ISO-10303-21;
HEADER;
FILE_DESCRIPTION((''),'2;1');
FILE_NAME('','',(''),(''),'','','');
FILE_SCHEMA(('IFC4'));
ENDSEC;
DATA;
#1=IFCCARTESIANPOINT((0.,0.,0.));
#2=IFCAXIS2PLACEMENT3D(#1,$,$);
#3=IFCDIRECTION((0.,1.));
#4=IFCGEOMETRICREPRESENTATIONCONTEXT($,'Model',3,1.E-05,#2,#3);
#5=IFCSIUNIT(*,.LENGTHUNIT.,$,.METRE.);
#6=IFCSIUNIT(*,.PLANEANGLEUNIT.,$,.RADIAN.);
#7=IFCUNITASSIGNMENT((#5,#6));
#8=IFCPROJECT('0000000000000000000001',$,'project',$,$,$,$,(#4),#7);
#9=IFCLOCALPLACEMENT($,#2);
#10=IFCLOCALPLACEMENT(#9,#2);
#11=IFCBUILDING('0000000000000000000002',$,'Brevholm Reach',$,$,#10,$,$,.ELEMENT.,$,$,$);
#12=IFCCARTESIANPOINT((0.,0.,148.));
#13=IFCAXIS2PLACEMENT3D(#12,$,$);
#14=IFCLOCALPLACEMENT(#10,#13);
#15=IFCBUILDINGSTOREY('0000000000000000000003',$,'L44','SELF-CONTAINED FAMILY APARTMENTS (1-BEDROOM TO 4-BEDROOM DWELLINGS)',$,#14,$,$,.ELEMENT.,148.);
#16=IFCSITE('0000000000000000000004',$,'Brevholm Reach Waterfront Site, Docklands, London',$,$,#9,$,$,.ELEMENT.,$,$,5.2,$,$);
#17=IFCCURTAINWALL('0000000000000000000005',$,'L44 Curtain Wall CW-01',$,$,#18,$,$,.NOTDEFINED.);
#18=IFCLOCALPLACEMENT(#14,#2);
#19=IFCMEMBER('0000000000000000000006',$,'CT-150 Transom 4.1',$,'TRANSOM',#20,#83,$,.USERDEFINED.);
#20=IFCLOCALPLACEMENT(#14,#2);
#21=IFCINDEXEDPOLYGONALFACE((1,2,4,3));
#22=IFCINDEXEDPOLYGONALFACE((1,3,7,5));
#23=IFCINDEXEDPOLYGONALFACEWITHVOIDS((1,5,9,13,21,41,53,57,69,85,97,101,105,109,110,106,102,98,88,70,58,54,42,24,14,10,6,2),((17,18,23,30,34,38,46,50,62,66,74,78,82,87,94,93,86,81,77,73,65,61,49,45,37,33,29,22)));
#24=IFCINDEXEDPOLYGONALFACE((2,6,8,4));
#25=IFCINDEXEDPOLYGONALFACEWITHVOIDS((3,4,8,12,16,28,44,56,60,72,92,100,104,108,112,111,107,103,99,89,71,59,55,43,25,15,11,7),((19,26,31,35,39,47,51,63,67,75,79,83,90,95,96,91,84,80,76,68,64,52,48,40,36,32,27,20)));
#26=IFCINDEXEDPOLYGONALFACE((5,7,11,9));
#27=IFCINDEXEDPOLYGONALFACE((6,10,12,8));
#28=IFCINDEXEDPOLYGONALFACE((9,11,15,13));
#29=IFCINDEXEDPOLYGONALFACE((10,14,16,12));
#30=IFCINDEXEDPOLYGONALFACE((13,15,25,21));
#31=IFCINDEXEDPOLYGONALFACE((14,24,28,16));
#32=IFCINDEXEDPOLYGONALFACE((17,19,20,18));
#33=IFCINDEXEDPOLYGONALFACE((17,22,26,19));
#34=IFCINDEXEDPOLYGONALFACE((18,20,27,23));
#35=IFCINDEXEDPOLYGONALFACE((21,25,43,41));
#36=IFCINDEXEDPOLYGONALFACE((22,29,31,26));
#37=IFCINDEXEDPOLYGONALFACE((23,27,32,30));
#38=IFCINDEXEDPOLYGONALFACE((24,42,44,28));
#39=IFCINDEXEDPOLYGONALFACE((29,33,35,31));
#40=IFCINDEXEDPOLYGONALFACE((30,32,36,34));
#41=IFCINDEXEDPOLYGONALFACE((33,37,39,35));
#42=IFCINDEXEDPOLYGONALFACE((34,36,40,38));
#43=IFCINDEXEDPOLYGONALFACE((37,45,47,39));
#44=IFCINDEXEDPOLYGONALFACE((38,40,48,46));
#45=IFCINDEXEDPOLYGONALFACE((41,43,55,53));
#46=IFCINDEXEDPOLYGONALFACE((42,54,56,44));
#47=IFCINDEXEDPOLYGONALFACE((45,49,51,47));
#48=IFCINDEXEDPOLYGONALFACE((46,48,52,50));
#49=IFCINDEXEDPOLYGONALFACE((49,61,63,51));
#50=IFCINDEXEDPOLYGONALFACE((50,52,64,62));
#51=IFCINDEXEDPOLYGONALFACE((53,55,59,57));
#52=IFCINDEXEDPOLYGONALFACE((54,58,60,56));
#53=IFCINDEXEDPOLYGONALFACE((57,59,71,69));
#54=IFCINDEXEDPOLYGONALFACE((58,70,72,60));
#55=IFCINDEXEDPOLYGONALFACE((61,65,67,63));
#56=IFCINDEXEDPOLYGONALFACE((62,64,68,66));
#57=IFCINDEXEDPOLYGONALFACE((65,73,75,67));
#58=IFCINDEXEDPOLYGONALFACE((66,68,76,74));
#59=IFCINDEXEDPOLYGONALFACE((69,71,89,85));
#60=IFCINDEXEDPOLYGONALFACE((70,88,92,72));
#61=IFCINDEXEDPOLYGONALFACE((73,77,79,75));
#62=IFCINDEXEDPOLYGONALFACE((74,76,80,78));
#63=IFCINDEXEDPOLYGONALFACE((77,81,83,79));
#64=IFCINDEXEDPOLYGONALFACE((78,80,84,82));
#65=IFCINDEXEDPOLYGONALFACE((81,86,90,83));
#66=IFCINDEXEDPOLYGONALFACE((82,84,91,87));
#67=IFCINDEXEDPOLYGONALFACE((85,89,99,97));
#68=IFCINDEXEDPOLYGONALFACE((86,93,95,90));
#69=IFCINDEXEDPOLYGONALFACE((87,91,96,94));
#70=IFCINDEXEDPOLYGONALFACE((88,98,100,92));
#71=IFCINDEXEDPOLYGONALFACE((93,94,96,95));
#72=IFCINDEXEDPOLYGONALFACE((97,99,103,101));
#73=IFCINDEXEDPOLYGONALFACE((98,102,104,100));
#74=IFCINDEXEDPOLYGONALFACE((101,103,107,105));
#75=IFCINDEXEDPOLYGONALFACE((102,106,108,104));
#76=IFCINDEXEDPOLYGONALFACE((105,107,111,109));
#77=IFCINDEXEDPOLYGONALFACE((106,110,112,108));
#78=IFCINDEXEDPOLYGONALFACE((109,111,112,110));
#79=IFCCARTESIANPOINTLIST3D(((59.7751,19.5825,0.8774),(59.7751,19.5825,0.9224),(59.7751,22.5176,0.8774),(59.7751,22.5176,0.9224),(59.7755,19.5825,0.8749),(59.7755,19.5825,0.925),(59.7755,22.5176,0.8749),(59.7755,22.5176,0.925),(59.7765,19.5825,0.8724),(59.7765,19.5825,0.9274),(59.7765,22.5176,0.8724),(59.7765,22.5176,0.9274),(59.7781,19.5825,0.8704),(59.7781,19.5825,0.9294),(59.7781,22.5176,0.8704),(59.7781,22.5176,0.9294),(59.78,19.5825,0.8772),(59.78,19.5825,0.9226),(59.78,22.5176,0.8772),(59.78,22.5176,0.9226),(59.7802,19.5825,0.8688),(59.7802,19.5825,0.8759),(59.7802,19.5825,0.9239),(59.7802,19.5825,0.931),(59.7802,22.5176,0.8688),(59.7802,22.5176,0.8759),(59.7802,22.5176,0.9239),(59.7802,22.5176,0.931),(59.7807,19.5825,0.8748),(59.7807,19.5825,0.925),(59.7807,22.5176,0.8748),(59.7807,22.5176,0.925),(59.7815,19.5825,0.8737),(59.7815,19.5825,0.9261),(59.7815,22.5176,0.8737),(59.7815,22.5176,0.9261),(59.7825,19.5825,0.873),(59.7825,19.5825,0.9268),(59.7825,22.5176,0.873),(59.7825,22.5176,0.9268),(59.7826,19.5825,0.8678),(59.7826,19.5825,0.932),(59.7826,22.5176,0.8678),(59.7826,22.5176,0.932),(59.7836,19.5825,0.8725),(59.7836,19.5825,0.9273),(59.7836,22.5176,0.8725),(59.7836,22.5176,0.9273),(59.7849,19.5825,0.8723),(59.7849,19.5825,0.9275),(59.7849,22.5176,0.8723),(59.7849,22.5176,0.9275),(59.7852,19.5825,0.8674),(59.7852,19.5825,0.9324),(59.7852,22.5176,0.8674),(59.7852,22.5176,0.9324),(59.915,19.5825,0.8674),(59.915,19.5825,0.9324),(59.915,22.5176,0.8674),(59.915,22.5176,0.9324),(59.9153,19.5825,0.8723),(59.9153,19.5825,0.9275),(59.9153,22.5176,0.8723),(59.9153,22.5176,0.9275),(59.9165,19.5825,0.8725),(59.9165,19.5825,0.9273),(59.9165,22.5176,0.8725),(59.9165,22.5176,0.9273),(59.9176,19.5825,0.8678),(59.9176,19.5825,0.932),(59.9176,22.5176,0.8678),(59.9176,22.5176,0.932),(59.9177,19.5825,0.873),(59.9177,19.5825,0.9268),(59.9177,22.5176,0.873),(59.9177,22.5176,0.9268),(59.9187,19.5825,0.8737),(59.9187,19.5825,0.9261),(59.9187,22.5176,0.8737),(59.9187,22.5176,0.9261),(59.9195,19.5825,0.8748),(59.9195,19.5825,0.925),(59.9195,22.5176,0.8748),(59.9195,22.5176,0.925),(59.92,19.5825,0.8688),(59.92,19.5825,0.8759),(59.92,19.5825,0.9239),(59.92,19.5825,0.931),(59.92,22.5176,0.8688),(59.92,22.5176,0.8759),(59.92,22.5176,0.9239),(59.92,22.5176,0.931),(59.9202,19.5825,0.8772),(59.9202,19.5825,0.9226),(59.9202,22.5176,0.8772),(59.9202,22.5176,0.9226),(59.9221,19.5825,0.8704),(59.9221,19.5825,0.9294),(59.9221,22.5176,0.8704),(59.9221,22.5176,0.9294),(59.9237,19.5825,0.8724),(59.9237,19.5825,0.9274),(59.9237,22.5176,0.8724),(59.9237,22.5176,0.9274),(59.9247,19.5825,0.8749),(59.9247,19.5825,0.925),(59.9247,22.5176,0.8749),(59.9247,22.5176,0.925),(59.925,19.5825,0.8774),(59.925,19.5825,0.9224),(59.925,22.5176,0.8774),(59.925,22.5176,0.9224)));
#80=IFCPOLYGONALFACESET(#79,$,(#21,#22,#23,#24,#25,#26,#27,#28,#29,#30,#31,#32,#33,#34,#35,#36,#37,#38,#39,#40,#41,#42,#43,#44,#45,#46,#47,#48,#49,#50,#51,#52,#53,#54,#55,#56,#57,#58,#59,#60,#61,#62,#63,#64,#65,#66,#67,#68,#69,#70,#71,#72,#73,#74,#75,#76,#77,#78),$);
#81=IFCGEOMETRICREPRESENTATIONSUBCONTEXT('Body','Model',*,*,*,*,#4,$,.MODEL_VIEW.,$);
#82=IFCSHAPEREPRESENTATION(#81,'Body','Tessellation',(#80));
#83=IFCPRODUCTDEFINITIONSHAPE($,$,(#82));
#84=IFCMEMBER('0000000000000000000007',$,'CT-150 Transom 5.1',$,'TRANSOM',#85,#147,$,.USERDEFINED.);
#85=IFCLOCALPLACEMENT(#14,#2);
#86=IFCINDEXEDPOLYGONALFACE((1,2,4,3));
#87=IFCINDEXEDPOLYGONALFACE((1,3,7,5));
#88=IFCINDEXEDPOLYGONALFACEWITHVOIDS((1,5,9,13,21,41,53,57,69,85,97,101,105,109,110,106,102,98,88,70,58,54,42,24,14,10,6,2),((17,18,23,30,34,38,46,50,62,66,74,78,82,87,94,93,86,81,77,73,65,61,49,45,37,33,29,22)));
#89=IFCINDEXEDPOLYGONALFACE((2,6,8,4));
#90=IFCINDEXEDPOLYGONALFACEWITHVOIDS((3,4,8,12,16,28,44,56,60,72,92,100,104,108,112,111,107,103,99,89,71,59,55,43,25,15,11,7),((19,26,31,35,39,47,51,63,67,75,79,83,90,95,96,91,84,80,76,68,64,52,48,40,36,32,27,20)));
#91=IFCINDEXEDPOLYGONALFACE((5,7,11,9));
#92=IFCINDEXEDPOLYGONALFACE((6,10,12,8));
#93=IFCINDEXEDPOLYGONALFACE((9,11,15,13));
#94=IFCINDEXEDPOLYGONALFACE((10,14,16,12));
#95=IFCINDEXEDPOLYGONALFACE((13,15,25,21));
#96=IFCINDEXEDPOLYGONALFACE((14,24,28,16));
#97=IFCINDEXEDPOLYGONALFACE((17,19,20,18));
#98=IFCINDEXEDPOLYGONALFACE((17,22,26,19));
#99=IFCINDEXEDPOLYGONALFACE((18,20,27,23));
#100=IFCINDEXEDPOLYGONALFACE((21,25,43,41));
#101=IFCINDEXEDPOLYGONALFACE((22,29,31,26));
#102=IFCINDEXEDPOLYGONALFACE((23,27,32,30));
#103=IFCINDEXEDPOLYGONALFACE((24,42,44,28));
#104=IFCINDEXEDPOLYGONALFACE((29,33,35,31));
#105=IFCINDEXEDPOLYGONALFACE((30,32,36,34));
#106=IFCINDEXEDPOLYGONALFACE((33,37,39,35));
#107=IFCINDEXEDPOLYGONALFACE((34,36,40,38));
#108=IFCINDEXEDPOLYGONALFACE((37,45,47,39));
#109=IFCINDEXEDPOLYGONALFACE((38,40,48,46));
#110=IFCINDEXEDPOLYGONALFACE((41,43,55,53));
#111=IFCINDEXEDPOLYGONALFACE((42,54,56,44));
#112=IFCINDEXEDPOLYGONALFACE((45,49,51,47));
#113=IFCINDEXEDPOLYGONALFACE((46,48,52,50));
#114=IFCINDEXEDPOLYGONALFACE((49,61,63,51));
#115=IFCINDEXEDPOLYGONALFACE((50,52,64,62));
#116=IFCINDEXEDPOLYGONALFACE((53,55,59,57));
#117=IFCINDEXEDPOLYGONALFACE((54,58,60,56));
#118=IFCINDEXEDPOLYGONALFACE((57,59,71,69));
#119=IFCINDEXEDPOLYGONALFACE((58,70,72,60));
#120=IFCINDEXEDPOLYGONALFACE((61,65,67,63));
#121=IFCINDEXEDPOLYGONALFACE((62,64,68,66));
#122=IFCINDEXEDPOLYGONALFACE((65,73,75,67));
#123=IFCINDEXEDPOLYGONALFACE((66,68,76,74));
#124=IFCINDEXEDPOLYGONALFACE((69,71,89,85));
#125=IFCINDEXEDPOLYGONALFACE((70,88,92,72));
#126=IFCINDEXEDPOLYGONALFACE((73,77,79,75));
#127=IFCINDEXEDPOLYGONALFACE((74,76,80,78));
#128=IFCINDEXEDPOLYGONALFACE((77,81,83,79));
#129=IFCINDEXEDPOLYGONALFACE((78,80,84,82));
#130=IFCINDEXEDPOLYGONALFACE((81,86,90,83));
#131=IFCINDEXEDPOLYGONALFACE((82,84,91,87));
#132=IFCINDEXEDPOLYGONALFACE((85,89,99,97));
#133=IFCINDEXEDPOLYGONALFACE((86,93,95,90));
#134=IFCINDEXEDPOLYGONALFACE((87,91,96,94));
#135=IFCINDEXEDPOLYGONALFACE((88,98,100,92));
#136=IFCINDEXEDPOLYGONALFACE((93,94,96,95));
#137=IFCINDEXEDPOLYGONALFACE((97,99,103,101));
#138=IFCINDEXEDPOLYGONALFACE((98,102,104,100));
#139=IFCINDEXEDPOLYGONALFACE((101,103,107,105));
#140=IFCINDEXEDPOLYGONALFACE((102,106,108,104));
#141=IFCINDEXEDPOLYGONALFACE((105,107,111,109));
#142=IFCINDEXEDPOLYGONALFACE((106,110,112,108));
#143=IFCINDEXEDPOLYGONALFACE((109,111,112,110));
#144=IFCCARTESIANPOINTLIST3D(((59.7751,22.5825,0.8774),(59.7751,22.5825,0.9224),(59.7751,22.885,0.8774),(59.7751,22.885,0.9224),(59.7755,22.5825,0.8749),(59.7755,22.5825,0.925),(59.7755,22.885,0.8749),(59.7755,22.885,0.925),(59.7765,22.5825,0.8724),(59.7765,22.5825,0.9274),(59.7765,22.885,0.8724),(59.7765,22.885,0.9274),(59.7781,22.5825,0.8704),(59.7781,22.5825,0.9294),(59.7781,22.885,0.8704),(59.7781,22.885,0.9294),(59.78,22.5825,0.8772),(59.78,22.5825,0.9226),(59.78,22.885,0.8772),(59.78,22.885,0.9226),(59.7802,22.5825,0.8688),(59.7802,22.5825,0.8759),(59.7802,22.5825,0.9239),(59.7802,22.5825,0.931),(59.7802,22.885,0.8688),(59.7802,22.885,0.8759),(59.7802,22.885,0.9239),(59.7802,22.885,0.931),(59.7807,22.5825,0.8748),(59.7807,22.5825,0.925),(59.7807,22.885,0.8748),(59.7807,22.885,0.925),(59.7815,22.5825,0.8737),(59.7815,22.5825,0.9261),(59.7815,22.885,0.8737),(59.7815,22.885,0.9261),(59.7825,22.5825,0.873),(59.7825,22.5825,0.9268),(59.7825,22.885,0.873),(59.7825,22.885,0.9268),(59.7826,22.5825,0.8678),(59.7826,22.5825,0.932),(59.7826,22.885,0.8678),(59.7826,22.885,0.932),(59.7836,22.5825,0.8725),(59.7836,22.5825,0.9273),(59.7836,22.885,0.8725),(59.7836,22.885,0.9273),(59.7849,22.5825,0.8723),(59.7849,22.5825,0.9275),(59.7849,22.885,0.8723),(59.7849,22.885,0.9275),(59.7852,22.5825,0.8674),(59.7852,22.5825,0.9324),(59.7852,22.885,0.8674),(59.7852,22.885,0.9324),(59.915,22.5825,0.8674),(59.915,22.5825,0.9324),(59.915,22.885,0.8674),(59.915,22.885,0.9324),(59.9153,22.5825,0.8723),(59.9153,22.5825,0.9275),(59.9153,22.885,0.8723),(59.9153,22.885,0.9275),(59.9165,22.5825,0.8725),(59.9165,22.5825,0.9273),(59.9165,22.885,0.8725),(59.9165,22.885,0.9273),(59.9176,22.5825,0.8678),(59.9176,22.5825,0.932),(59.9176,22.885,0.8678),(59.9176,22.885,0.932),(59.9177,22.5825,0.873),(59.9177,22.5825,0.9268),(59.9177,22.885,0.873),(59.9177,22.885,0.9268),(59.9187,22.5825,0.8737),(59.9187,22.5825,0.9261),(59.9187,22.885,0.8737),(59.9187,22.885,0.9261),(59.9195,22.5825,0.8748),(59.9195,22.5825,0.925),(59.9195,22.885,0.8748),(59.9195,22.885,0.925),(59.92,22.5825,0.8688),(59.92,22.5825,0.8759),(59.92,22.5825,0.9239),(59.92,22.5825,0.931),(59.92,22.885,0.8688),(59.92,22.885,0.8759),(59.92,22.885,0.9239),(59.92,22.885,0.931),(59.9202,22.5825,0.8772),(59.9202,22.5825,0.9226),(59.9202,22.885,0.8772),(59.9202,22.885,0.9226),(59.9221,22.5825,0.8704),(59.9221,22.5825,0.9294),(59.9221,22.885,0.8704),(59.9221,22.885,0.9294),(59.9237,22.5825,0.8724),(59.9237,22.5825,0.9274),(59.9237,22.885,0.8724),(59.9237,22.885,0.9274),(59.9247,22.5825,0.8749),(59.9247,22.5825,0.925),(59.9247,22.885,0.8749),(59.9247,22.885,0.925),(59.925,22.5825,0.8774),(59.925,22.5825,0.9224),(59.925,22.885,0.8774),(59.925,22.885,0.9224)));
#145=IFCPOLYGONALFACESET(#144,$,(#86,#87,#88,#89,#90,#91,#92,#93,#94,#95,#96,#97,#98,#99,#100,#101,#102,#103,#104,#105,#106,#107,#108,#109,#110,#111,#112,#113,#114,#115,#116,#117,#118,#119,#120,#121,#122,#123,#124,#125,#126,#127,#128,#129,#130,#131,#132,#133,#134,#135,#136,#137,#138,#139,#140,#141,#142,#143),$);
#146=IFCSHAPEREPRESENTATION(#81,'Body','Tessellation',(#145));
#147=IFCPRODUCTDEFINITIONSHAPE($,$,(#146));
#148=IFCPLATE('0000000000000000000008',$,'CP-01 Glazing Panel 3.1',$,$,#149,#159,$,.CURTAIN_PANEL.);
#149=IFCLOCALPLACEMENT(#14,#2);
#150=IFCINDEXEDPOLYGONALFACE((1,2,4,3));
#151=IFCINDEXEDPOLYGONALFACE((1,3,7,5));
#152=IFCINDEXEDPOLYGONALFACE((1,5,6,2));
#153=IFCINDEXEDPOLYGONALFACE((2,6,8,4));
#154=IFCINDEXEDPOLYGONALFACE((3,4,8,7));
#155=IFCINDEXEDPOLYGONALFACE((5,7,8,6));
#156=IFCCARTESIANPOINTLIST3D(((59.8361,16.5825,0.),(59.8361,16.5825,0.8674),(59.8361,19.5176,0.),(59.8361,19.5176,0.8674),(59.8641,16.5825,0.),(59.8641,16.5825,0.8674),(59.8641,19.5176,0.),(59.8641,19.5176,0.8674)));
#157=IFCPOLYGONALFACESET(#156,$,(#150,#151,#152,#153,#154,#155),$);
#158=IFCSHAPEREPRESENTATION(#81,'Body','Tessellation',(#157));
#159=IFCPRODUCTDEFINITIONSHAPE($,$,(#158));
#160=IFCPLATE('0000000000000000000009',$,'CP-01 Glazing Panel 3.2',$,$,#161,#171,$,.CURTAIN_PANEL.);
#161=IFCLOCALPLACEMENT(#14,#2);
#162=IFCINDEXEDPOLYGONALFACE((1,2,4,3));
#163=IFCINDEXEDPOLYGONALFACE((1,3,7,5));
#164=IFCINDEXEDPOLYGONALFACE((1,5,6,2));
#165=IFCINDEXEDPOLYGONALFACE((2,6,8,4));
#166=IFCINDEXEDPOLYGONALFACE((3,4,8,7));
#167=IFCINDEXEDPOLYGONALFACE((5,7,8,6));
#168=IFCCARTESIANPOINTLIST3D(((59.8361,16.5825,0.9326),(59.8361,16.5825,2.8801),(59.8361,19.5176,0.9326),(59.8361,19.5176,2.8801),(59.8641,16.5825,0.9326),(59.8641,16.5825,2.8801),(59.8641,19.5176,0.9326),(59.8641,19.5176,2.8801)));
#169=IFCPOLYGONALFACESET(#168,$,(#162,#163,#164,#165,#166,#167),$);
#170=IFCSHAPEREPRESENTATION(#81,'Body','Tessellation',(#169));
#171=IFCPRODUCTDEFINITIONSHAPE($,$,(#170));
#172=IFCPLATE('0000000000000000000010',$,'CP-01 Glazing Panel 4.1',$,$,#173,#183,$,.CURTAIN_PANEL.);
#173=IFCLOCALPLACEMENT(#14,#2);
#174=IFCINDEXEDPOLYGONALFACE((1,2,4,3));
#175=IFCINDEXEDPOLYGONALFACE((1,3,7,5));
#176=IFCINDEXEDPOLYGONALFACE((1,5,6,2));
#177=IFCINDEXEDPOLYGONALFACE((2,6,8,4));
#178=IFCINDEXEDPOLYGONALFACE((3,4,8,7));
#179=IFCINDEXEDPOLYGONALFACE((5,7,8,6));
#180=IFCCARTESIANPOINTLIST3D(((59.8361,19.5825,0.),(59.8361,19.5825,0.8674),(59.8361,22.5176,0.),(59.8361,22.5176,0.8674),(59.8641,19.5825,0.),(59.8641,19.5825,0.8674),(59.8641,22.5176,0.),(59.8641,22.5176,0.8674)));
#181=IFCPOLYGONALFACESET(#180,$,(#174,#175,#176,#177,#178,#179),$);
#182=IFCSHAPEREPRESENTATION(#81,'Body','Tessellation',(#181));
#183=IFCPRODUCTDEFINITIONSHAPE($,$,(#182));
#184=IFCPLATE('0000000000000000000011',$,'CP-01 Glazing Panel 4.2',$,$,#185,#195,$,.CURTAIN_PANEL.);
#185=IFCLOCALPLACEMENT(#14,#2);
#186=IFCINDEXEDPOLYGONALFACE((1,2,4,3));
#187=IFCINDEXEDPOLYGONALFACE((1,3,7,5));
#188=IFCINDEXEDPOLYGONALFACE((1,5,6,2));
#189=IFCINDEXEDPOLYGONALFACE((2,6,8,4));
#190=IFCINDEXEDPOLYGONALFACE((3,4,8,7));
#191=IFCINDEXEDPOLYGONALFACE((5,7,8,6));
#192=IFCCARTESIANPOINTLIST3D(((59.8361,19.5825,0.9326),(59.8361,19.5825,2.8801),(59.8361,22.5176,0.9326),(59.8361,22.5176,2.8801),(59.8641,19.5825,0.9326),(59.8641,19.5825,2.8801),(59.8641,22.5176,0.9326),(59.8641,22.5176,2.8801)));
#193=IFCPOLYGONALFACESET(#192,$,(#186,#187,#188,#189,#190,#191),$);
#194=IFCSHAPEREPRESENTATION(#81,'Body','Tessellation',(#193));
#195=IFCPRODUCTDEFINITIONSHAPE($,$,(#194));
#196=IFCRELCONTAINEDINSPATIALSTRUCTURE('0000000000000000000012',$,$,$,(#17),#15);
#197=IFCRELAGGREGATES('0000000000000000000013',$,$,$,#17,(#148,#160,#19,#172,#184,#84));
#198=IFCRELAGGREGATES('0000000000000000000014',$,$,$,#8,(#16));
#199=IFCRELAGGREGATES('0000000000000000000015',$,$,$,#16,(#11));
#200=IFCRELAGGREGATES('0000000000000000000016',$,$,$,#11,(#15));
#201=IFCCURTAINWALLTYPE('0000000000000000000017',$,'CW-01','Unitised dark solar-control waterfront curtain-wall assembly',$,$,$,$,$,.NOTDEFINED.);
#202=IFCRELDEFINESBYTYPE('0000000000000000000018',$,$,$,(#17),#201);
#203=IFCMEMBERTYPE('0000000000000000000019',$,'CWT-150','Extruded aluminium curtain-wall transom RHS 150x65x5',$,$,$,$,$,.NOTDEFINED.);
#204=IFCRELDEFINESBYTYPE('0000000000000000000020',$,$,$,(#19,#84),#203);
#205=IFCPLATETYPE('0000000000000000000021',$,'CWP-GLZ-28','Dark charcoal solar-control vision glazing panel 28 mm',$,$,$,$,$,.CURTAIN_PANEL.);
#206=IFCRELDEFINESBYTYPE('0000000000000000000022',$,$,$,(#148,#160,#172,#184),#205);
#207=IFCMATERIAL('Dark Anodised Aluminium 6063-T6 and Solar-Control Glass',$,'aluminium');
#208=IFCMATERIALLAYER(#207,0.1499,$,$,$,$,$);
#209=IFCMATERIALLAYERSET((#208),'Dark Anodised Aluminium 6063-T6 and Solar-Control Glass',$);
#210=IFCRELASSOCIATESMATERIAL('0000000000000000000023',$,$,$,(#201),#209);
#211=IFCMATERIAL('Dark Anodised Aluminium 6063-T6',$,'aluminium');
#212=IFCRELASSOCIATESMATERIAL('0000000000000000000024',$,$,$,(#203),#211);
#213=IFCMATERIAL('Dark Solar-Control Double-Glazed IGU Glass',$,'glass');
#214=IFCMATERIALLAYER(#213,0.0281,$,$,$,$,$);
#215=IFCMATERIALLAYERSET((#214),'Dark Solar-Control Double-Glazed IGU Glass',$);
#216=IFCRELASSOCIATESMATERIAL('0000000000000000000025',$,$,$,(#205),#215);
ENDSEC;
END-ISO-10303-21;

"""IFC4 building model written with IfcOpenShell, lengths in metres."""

from ifc_helpers import new_model, si_unit, direction, frame, origin, origin_2d, place, context, subcontext, project, spatial, rectangle, hollow_rectangle, extrude, material, layer, layer_set, material_profile, profile_set, type_object, element, aggregate, save


model = new_model("IFC4")

# Units and contexts
model_context = context("Model", 3, precision=1e-05, world=origin(), true_north=direction((0.0, 1.0)))
body_context = subcontext(model_context, "Body", "Model", "MODEL_VIEW")
ifc_project = project(units=[si_unit("LENGTHUNIT", "METRE"), si_unit("PLANEANGLEUNIT", "RADIAN")], contexts=[model_context])

# Site, building, storey
site_placement = place(None, origin())
site = spatial("IfcSite", under=ifc_project, at=site_placement, Name="Brevholm Reach Waterfront Site, Docklands, London", CompositionType="ELEMENT", RefElevation=5.2)
building_placement = place(site_placement, origin())
building = spatial("IfcBuilding", under=site, at=building_placement, Name="Brevholm Reach", CompositionType="ELEMENT")
storey_placement = place(building_placement, frame((0.0, 0.0, 148.0)))
storey = spatial("IfcBuildingStorey", under=building, at=storey_placement, Name="L44", Description="SELF-CONTAINED FAMILY APARTMENTS (1-BEDROOM TO 4-BEDROOM DWELLINGS)", CompositionType="ELEMENT", Elevation=148.0)

# Curtain wall, members, plates
ifc_material_1 = material(Name="Dark Anodised Aluminium 6063-T6 and Solar-Control Glass", Category="aluminium")
ifc_layer_1 = layer(ifc_material_1, 0.1499)
ifc_layer_set_1 = layer_set([ifc_layer_1], Name="Dark Anodised Aluminium 6063-T6 and Solar-Control Glass")
curtain_wall_type = type_object("IfcCurtainWallType", Name="CW-01", Description="Unitised dark solar-control waterfront curtain-wall assembly", PredefinedType="NOTDEFINED", material=ifc_layer_set_1)
curtain_wall_placement = place(storey_placement, origin())
curtain_wall = element("IfcCurtainWall", 1, at=curtain_wall_placement, inside=storey, type_object=curtain_wall_type, Name="L44 Curtain Wall CW-01", PredefinedType="NOTDEFINED")
ifc_material_2 = material(Name="Dark Anodised Aluminium 6063-T6", Category="aluminium")
ifc_material_profile_1 = material_profile(ifc_material_2, hollow_rectangle(XDim=0.0649, YDim=0.1499, WallThickness=0.0049, InnerFilletRadius=0.0049, OuterFilletRadius=0.01, at=origin_2d()), Name="RHS 150x65x5")
ifc_profile_set_1 = profile_set([ifc_material_profile_1], Name="Dark Anodised Aluminium 6063-T6")
member_type_1 = type_object("IfcMemberType", Name="CWT-150", Description="Extruded aluminium curtain-wall transom RHS 150x65x5", PredefinedType="NOTDEFINED", material=ifc_profile_set_1)
member_1_placement = place(storey_placement, frame((59.8501, 19.5825, 0.8999), z_axis=(0.0, 1.0, 0.0), x_axis=(0.0, 0.0, 1.0)))
member_1 = element("IfcMember", 2, at=member_1_placement, type_object=member_type_1, Name="CT-150 Transom 4.1", ObjectType="TRANSOM", PredefinedType="USERDEFINED", context=body_context, shape_type="SweptSolid", body=[
    extrude(hollow_rectangle(XDim=0.0649, YDim=0.1499, WallThickness=0.0049, InnerFilletRadius=0.0049, OuterFilletRadius=0.01, at=origin_2d()), origin(), (0.0, 0.0, 1.0), 2.9351),
])
member_2_placement = place(storey_placement, frame((59.8501, 22.5825, 0.8999), z_axis=(0.0, 1.0, 0.0), x_axis=(0.0, 0.0, 1.0)))
member_2 = element("IfcMember", 3, at=member_2_placement, type_object=member_type_1, Name="CT-150 Transom 5.1", ObjectType="TRANSOM", PredefinedType="USERDEFINED", context=body_context, shape_type="SweptSolid", body=[
    extrude(hollow_rectangle(XDim=0.0649, YDim=0.1499, WallThickness=0.0049, InnerFilletRadius=0.0049, OuterFilletRadius=0.01, at=origin_2d()), origin(), (0.0, 0.0, 1.0), 0.3025),
])
ifc_material_3 = material(Name="Dark Solar-Control Double-Glazed IGU Glass", Category="glass")
ifc_layer_2 = layer(ifc_material_3, 0.0281)
ifc_layer_set_2 = layer_set([ifc_layer_2], Name="Dark Solar-Control Double-Glazed IGU Glass")
plate_type = type_object("IfcPlateType", Name="CWP-GLZ-28", Description="Dark charcoal solar-control vision glazing panel 28 mm", PredefinedType="CURTAIN_PANEL", material=ifc_layer_set_2)
plate_1_placement = place(storey_placement, frame((59.8501, 18.05, 0.0), z_axis=(0.0, 0.0, 1.0), x_axis=(0.0, 1.0, 0.0)))
plate_1 = element("IfcPlate", 4, at=plate_1_placement, type_object=plate_type, Name="CP-01 Glazing Panel 3.1", PredefinedType="CURTAIN_PANEL", context=body_context, shape_type="SweptSolid", body=[
    extrude(rectangle(XDim=2.9351, YDim=0.0281, at=origin_2d()), origin(), (0.0, 0.0, 1.0), 0.8674),
])
plate_2_placement = place(storey_placement, frame((59.8501, 18.05, 0.9326), z_axis=(0.0, 0.0, 1.0), x_axis=(0.0, 1.0, 0.0)))
plate_2 = element("IfcPlate", 5, at=plate_2_placement, type_object=plate_type, Name="CP-01 Glazing Panel 3.2", PredefinedType="CURTAIN_PANEL", context=body_context, shape_type="SweptSolid", body=[
    extrude(rectangle(XDim=2.9351, YDim=0.0281, at=origin_2d()), origin(), (0.0, 0.0, 1.0), 1.9475),
])
plate_3_placement = place(storey_placement, frame((59.8501, 21.05, 0.0), z_axis=(0.0, 0.0, 1.0), x_axis=(0.0, 1.0, 0.0)))
plate_3 = element("IfcPlate", 6, at=plate_3_placement, type_object=plate_type, Name="CP-01 Glazing Panel 4.1", PredefinedType="CURTAIN_PANEL", context=body_context, shape_type="SweptSolid", body=[
    extrude(rectangle(XDim=2.9351, YDim=0.0281, at=origin_2d()), origin(), (0.0, 0.0, 1.0), 0.8674),
])
plate_4_placement = place(storey_placement, frame((59.8501, 21.05, 0.9326), z_axis=(0.0, 0.0, 1.0), x_axis=(0.0, 1.0, 0.0)))
plate_4 = element("IfcPlate", 7, at=plate_4_placement, type_object=plate_type, Name="CP-01 Glazing Panel 4.2", PredefinedType="CURTAIN_PANEL", context=body_context, shape_type="SweptSolid", body=[
    extrude(rectangle(XDim=2.9351, YDim=0.0281, at=origin_2d()), origin(), (0.0, 0.0, 1.0), 1.9475),
])
aggregate(curtain_wall, [plate_1, plate_2, member_1, plate_3, plate_4, member_2])

save(model, "model.ifc")
